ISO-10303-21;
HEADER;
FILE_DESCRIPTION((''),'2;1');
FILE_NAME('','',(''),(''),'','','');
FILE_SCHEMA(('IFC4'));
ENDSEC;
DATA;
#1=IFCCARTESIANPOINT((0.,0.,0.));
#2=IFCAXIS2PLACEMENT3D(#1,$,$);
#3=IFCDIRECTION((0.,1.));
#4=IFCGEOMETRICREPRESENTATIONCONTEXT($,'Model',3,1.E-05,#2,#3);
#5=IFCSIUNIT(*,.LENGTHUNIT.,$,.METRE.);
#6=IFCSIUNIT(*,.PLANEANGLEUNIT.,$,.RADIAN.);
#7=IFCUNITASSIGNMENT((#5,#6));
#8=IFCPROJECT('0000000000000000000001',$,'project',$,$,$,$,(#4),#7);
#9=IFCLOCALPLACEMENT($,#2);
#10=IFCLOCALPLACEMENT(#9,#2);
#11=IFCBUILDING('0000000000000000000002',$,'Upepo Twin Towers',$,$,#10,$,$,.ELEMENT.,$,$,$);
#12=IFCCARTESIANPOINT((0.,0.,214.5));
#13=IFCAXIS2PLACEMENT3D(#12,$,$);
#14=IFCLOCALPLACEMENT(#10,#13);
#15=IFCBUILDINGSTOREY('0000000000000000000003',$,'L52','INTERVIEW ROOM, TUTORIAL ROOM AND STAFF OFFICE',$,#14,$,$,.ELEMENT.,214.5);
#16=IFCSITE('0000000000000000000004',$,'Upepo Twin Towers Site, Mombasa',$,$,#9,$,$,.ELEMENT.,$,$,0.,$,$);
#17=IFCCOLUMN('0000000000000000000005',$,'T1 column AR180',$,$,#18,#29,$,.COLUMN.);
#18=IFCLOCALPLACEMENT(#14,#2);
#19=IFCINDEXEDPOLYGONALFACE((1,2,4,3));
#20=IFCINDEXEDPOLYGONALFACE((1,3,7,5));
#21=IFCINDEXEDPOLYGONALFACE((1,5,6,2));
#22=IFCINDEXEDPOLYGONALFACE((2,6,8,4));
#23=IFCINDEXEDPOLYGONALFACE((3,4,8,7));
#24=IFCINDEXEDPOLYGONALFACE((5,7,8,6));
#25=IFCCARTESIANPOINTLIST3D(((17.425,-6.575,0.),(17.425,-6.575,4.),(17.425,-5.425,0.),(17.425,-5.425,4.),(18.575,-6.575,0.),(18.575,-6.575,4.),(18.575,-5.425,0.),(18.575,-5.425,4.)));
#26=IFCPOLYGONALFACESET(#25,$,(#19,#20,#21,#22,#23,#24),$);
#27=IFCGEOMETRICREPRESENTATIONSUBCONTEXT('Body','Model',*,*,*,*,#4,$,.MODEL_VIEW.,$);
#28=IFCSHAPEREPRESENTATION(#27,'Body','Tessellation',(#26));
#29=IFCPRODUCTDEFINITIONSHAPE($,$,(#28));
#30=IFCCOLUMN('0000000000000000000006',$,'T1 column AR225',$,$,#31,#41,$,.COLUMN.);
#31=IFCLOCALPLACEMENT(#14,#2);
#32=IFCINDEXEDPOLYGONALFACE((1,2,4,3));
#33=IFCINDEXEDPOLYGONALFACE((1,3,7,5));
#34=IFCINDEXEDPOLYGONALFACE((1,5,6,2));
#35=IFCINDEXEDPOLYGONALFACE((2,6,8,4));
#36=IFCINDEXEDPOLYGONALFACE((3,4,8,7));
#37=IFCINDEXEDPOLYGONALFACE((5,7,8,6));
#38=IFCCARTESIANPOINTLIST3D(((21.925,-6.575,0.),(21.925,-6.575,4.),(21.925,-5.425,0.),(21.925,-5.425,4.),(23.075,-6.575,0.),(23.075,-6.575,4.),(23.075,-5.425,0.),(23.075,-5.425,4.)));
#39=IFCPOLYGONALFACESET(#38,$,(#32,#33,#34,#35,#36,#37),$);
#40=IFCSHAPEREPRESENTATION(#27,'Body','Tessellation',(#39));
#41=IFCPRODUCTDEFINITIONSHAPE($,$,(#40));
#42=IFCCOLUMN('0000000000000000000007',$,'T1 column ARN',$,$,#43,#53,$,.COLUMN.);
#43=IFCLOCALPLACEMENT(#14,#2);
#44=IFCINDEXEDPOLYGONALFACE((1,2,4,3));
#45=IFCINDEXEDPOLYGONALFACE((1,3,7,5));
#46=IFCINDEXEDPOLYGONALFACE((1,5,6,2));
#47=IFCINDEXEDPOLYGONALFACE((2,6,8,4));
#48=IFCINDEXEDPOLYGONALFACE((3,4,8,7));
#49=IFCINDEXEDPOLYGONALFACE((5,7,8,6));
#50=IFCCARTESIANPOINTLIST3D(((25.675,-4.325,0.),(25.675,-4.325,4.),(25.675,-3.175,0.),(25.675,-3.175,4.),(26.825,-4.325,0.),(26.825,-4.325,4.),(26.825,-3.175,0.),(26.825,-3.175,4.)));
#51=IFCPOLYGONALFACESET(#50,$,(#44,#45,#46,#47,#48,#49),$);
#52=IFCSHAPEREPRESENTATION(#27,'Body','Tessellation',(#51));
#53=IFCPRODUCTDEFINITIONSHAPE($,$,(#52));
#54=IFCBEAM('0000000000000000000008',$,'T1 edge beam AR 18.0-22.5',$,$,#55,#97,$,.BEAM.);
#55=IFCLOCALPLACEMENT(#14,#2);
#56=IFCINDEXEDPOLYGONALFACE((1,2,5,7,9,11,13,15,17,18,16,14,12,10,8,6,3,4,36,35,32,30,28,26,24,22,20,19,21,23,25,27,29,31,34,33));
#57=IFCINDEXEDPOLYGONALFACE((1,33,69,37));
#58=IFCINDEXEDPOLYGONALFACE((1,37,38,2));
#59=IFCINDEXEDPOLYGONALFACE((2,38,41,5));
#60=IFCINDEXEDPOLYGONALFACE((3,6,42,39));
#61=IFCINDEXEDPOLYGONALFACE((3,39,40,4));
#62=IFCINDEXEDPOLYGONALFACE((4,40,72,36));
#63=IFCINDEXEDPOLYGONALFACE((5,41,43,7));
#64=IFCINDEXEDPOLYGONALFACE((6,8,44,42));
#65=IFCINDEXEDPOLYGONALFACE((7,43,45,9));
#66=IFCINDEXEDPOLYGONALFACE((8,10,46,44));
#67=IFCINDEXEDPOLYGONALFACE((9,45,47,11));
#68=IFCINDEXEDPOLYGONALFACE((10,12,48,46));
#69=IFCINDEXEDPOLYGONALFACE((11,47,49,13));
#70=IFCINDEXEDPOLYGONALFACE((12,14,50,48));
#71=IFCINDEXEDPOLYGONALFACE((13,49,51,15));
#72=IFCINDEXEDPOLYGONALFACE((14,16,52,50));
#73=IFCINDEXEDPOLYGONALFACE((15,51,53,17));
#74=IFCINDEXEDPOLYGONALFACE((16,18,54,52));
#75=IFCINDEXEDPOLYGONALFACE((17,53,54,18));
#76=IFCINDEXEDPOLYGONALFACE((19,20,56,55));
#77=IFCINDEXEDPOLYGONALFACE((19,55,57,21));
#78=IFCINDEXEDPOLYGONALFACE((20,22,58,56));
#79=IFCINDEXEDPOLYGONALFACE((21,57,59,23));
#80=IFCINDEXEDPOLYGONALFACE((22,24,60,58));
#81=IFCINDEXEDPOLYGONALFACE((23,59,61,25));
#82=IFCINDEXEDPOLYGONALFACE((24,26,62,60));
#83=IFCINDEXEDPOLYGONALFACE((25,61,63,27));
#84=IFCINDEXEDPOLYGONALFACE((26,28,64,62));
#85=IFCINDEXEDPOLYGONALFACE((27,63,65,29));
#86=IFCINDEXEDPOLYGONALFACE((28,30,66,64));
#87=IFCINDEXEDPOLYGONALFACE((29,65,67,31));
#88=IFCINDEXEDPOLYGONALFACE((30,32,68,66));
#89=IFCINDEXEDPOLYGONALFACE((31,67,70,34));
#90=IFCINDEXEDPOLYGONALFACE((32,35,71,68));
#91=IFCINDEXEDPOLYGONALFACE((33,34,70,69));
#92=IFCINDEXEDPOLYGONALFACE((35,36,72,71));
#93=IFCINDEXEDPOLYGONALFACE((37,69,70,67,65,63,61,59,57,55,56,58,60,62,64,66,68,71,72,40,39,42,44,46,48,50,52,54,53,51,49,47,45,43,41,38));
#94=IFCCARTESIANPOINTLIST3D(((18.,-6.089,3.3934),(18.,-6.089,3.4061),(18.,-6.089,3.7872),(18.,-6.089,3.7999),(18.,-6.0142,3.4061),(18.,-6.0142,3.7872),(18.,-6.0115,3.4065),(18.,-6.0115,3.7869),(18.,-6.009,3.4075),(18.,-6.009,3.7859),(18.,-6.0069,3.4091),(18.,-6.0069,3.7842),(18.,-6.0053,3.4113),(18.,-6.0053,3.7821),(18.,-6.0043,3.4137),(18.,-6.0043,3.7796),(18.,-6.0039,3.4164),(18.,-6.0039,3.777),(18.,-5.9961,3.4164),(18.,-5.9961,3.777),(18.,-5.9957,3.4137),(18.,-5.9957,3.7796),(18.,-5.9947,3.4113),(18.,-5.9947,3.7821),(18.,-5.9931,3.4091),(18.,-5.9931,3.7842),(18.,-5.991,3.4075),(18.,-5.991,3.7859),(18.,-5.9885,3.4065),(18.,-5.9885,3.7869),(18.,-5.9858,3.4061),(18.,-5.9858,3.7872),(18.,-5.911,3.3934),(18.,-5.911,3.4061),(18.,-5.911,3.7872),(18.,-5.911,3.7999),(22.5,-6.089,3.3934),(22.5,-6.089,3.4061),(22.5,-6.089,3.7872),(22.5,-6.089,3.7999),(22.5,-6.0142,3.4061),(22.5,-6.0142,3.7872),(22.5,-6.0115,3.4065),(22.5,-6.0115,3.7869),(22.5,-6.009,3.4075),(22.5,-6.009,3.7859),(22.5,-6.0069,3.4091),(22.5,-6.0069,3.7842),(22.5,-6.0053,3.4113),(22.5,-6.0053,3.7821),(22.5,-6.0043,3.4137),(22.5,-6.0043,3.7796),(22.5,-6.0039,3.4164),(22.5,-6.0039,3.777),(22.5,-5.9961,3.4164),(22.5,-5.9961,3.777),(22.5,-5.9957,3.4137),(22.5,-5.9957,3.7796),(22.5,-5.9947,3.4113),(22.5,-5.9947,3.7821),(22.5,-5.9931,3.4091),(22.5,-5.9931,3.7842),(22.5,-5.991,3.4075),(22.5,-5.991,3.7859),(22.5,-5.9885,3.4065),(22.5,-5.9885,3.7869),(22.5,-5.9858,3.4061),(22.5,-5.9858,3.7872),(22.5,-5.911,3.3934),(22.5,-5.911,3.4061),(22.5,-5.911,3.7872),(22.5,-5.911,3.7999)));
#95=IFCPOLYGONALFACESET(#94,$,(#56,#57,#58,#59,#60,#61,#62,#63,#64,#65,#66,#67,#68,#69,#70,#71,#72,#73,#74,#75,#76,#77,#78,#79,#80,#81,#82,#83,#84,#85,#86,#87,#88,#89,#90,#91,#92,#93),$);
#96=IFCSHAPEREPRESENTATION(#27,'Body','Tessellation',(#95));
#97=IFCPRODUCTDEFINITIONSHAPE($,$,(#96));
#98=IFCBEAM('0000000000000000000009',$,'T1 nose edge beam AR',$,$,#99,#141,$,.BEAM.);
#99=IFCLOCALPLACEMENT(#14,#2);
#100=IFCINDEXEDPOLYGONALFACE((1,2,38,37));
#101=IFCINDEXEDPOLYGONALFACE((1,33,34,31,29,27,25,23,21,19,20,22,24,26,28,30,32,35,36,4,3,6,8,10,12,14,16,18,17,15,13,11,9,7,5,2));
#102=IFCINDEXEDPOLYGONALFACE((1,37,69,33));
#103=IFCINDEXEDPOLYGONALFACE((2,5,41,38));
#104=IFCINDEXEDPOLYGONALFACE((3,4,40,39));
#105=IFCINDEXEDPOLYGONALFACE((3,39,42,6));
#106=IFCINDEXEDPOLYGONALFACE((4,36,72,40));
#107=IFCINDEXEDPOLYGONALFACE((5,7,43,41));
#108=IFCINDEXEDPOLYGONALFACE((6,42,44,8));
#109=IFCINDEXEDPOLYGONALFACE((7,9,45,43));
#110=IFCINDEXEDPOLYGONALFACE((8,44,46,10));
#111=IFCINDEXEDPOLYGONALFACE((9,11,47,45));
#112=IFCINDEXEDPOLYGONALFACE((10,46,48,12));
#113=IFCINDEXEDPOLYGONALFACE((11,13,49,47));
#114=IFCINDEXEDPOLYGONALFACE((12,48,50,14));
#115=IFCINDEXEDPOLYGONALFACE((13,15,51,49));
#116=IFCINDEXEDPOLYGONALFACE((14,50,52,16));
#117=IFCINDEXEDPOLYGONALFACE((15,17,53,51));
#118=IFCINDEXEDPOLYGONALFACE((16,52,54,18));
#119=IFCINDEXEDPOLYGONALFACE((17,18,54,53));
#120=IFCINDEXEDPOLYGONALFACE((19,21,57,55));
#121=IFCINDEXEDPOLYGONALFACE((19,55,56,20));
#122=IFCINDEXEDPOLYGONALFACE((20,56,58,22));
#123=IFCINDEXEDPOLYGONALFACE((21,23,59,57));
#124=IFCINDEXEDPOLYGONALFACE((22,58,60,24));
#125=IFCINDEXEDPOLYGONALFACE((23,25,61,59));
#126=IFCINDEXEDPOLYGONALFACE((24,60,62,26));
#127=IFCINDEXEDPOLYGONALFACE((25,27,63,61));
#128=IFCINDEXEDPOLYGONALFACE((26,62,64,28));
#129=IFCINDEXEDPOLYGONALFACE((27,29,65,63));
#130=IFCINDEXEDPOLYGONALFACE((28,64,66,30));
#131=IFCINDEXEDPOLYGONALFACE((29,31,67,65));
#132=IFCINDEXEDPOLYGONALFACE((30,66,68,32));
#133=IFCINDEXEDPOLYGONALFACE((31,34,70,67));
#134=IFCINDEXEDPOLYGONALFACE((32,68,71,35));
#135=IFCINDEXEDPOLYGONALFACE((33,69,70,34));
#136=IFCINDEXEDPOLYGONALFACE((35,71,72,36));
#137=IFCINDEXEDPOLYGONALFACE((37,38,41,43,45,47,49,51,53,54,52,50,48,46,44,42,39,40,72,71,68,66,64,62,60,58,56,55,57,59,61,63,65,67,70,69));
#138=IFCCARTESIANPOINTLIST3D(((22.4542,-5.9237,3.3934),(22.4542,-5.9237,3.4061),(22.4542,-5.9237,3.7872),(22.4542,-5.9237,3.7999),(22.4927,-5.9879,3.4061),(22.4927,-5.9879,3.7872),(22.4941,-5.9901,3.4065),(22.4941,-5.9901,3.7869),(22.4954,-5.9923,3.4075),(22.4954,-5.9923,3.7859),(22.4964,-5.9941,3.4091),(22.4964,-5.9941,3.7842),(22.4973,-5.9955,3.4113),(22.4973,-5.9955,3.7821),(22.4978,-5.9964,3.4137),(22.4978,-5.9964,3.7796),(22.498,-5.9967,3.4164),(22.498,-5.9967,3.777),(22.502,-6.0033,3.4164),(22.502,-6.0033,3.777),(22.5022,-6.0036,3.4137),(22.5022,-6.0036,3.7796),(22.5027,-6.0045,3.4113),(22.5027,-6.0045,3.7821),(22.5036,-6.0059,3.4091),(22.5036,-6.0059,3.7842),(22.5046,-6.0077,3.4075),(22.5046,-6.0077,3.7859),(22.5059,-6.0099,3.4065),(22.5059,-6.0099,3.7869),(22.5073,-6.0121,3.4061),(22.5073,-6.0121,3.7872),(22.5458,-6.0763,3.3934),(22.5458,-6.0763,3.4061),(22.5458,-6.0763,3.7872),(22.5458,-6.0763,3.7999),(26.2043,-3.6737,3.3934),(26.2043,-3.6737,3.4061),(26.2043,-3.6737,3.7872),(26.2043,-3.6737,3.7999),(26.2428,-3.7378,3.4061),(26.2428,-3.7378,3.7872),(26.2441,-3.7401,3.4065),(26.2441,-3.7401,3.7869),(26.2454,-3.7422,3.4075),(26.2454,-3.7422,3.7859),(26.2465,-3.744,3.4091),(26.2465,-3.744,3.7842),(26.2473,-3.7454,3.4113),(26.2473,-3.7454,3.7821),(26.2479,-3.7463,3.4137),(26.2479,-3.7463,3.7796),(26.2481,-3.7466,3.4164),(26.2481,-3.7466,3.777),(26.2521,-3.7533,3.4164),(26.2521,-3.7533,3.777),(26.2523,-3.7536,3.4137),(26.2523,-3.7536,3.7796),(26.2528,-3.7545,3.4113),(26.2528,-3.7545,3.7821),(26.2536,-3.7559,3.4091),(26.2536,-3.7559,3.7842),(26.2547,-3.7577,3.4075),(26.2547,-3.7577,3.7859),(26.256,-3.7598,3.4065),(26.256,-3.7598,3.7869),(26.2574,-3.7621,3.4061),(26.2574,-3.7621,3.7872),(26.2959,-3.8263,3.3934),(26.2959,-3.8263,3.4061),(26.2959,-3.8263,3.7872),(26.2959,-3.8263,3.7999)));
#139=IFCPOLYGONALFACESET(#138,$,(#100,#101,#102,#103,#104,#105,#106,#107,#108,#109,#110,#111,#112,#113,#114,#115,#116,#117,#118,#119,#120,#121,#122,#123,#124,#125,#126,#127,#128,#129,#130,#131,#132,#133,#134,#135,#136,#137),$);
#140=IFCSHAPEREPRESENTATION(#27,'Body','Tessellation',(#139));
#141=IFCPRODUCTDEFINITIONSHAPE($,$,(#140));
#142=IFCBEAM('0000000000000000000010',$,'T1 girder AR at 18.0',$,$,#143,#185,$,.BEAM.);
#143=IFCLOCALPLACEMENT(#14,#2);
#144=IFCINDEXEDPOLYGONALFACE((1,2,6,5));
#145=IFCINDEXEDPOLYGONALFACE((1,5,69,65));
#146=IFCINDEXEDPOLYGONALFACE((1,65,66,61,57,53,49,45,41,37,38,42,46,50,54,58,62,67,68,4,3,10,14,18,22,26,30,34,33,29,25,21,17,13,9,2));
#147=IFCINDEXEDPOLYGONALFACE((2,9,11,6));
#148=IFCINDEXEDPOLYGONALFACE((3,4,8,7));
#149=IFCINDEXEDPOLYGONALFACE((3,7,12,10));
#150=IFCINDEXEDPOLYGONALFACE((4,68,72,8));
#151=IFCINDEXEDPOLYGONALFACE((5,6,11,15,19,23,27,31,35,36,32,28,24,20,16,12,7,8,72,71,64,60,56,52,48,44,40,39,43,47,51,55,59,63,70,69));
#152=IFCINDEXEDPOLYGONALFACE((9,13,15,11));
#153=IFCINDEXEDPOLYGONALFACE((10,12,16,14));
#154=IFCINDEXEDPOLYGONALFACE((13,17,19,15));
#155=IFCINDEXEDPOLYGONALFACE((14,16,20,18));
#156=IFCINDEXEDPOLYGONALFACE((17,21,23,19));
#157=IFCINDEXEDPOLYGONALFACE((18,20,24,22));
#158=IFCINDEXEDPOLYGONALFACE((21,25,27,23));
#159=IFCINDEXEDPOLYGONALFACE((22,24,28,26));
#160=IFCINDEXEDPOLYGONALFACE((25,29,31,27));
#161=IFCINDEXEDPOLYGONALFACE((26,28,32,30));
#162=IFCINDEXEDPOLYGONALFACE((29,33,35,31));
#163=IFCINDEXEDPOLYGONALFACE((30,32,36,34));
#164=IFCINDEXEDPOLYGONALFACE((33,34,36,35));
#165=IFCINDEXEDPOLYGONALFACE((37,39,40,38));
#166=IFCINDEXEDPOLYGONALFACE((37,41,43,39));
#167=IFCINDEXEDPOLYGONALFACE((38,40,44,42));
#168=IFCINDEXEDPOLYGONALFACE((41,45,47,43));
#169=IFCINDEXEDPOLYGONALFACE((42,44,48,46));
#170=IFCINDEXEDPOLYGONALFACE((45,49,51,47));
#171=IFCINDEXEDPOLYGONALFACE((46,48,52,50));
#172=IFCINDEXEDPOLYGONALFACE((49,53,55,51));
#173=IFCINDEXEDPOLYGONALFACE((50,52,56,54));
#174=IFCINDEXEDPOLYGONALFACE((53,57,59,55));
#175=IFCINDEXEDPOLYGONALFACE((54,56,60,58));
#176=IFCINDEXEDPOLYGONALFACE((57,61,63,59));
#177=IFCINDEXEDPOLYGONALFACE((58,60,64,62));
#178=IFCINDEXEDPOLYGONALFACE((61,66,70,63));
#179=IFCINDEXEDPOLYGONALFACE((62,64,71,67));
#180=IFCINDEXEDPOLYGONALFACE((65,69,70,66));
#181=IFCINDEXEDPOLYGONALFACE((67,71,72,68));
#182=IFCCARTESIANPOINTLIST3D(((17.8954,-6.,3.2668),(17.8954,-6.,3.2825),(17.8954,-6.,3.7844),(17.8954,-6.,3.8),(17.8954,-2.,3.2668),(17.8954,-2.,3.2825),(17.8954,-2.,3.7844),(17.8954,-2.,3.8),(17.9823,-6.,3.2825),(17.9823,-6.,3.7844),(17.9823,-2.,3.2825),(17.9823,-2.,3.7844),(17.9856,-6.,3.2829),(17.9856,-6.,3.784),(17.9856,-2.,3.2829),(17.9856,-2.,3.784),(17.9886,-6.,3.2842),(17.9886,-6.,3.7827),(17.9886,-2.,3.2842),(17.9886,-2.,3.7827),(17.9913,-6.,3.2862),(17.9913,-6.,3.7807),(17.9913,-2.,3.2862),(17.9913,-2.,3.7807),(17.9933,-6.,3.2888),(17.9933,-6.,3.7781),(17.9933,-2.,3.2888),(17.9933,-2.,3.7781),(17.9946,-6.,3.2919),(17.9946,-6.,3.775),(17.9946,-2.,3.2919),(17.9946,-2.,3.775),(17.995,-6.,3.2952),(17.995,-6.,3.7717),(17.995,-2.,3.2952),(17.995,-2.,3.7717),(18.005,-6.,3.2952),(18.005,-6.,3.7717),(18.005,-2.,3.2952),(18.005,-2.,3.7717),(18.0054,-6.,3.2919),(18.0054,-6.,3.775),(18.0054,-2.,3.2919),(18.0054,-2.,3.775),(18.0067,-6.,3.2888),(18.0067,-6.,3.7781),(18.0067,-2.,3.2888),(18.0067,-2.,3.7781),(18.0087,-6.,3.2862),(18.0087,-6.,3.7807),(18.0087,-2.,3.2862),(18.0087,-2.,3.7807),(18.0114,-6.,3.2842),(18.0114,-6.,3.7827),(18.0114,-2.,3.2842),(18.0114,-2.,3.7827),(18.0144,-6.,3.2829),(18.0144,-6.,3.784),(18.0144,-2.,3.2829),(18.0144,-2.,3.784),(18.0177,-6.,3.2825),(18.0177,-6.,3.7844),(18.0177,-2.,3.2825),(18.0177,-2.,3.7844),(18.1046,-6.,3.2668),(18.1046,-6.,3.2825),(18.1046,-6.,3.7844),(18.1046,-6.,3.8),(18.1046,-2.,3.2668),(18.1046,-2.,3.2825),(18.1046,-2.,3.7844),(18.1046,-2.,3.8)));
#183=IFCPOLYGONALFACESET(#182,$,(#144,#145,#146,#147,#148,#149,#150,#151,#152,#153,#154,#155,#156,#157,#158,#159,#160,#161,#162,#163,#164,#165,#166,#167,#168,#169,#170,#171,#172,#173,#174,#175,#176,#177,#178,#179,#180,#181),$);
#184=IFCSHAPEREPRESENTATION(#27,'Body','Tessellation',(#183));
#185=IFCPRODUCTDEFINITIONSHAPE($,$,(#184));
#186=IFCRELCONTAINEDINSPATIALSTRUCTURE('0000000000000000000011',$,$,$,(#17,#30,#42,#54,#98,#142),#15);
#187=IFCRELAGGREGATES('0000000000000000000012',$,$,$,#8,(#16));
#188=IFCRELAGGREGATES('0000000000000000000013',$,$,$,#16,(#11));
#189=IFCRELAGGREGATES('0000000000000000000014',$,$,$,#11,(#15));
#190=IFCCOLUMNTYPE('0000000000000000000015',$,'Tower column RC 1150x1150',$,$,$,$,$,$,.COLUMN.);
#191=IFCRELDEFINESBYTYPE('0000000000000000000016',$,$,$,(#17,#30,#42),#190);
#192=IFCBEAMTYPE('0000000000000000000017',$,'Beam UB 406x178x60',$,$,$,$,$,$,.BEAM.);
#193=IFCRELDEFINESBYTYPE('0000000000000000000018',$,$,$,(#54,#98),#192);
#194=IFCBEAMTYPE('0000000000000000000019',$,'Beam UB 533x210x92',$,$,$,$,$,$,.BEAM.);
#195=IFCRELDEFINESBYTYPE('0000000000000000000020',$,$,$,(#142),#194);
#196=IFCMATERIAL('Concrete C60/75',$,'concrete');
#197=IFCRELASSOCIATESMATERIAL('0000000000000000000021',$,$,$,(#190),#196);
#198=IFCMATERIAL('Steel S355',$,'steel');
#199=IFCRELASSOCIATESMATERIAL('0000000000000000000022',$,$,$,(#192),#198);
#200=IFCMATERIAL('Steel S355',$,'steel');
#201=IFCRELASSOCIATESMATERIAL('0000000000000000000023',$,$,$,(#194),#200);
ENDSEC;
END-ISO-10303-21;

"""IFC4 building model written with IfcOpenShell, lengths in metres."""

from ifc_helpers import new_model, si_unit, direction, frame, origin, origin_2d, place, context, subcontext, project, spatial, rectangle, i_section, extrude, material, material_profile, profile_set, type_object, element, save


model = new_model("IFC4")

# Units and contexts
model_context = context("Model", 3, precision=1e-05, world=origin(), true_north=direction((0.0, 1.0)))
body_context = subcontext(model_context, "Body", "Model", "MODEL_VIEW")
ifc_project = project(units=[si_unit("LENGTHUNIT", "METRE"), si_unit("PLANEANGLEUNIT", "RADIAN")], contexts=[model_context])

# Site, building, storey
site_placement = place(None, origin())
site = spatial("IfcSite", under=ifc_project, at=site_placement, Name="Upepo Twin Towers Site, Mombasa", CompositionType="ELEMENT", RefElevation=0.0)
building_placement = place(site_placement, origin())
building = spatial("IfcBuilding", under=site, at=building_placement, Name="Upepo Twin Towers", CompositionType="ELEMENT")
storey_placement = place(building_placement, frame((0.0, 0.0, 214.5)))
storey = spatial("IfcBuildingStorey", under=building, at=storey_placement, Name="L52", Description="INTERVIEW ROOM, TUTORIAL ROOM AND STAFF OFFICE", CompositionType="ELEMENT", Elevation=214.5)

# Columns
ifc_material_1 = material(Name="Concrete C60/75", Category="concrete")
ifc_material_profile_1 = material_profile(ifc_material_1, rectangle(XDim=1.1499, YDim=1.1499, at=origin_2d()), Name="RC 1150x1150")
ifc_profile_set_1 = profile_set([ifc_material_profile_1], Name="Concrete C60/75")
column_type = type_object("IfcColumnType", Name="Tower column RC 1150x1150", PredefinedType="COLUMN", material=ifc_profile_set_1)
for number, where, z_axis, x_axis, name in (
    (1, (18.0, -6.0, 0.0), (0.0, 0.0, 1.0), (1.0, 0.0, 0.0), "T1 column AR180"),
    (2, (22.5, -6.0, 0.0), (0.0, 0.0, 1.0), (1.0, 0.0, 0.0), "T1 column AR225"),
    (3, (26.25, -3.75, 0.0), (0.0, 0.0, 1.0), (1.0, 0.0, 0.0), "T1 column ARN"),
):
    element("IfcColumn", number, at=place(storey_placement, frame(where, z_axis=z_axis, x_axis=x_axis)), inside=storey, type_object=column_type, Name=name, PredefinedType="COLUMN", context=body_context, shape_type="SweptSolid", body=[
        extrude(rectangle(XDim=1.1499, YDim=1.1499, at=origin_2d()), origin(), (0.0, 0.0, 1.0), 4.0),
    ])

# Beams
ifc_material_2 = material(Name="Steel S355", Category="steel")
ifc_material_profile_2 = material_profile(ifc_material_2, i_section(OverallWidth=0.178, OverallDepth=0.4065, WebThickness=0.0078, FlangeThickness=0.0127, FilletRadius=0.0103, at=origin_2d()), Name="UB 406x178x60")
ifc_profile_set_2 = profile_set([ifc_material_profile_2], Name="Steel S355")
beam_type_1 = type_object("IfcBeamType", Name="Beam UB 406x178x60", PredefinedType="BEAM", material=ifc_profile_set_2)
beam_1_placement = place(storey_placement, frame((18.0, -6.0, 3.5967), z_axis=(1.0, 0.0, 0.0), x_axis=(0.0, 1.0, 0.0)))
element("IfcBeam", 4, at=beam_1_placement, inside=storey, type_object=beam_type_1, Name="T1 edge beam AR 18.0-22.5", PredefinedType="BEAM", context=body_context, shape_type="SweptSolid", body=[
    extrude(i_section(OverallWidth=0.178, OverallDepth=0.4065, WebThickness=0.0078, FlangeThickness=0.0127, FilletRadius=0.0103, at=origin_2d()), origin(), (0.0, 0.0, 1.0), 4.5),
])
beam_2_placement = place(storey_placement, frame((22.5, -6.0, 3.5967), z_axis=(0.857493, 0.514496, 0.0), x_axis=(-0.514496, 0.857493, 0.0)))
element("IfcBeam", 5, at=beam_2_placement, inside=storey, type_object=beam_type_1, Name="T1 nose edge beam AR", PredefinedType="BEAM", context=body_context, shape_type="SweptSolid", body=[
    extrude(i_section(OverallWidth=0.178, OverallDepth=0.4065, WebThickness=0.0078, FlangeThickness=0.0127, FilletRadius=0.0103, at=origin_2d()), origin(), (0.0, 0.0, 1.0), 4.3733),
])
ifc_material_3 = material(Name="Steel S355", Category="steel")
ifc_material_profile_3 = material_profile(ifc_material_3, i_section(OverallWidth=0.2092, OverallDepth=0.5332, WebThickness=0.01, FlangeThickness=0.0156, FilletRadius=0.0127, at=origin_2d()), Name="UB 533x210x92")
ifc_profile_set_3 = profile_set([ifc_material_profile_3], Name="Steel S355")
beam_type_2 = type_object("IfcBeamType", Name="Beam UB 533x210x92", PredefinedType="BEAM", material=ifc_profile_set_3)
for number, where, z_axis, x_axis, name in (
    (6, (18.0, -6.0, 3.5334), (0.0, 1.0, 0.0), (-1.0, 0.0, 0.0), "T1 girder AR at 18.0"),
):
    element("IfcBeam", number, at=place(storey_placement, frame(where, z_axis=z_axis, x_axis=x_axis)), inside=storey, type_object=beam_type_2, Name=name, PredefinedType="BEAM", context=body_context, shape_type="SweptSolid", body=[
        extrude(i_section(OverallWidth=0.2092, OverallDepth=0.5332, WebThickness=0.01, FlangeThickness=0.0156, FilletRadius=0.0127, at=origin_2d()), origin(), (0.0, 0.0, 1.0), 4.0),
    ])

save(model, "model.ifc")
